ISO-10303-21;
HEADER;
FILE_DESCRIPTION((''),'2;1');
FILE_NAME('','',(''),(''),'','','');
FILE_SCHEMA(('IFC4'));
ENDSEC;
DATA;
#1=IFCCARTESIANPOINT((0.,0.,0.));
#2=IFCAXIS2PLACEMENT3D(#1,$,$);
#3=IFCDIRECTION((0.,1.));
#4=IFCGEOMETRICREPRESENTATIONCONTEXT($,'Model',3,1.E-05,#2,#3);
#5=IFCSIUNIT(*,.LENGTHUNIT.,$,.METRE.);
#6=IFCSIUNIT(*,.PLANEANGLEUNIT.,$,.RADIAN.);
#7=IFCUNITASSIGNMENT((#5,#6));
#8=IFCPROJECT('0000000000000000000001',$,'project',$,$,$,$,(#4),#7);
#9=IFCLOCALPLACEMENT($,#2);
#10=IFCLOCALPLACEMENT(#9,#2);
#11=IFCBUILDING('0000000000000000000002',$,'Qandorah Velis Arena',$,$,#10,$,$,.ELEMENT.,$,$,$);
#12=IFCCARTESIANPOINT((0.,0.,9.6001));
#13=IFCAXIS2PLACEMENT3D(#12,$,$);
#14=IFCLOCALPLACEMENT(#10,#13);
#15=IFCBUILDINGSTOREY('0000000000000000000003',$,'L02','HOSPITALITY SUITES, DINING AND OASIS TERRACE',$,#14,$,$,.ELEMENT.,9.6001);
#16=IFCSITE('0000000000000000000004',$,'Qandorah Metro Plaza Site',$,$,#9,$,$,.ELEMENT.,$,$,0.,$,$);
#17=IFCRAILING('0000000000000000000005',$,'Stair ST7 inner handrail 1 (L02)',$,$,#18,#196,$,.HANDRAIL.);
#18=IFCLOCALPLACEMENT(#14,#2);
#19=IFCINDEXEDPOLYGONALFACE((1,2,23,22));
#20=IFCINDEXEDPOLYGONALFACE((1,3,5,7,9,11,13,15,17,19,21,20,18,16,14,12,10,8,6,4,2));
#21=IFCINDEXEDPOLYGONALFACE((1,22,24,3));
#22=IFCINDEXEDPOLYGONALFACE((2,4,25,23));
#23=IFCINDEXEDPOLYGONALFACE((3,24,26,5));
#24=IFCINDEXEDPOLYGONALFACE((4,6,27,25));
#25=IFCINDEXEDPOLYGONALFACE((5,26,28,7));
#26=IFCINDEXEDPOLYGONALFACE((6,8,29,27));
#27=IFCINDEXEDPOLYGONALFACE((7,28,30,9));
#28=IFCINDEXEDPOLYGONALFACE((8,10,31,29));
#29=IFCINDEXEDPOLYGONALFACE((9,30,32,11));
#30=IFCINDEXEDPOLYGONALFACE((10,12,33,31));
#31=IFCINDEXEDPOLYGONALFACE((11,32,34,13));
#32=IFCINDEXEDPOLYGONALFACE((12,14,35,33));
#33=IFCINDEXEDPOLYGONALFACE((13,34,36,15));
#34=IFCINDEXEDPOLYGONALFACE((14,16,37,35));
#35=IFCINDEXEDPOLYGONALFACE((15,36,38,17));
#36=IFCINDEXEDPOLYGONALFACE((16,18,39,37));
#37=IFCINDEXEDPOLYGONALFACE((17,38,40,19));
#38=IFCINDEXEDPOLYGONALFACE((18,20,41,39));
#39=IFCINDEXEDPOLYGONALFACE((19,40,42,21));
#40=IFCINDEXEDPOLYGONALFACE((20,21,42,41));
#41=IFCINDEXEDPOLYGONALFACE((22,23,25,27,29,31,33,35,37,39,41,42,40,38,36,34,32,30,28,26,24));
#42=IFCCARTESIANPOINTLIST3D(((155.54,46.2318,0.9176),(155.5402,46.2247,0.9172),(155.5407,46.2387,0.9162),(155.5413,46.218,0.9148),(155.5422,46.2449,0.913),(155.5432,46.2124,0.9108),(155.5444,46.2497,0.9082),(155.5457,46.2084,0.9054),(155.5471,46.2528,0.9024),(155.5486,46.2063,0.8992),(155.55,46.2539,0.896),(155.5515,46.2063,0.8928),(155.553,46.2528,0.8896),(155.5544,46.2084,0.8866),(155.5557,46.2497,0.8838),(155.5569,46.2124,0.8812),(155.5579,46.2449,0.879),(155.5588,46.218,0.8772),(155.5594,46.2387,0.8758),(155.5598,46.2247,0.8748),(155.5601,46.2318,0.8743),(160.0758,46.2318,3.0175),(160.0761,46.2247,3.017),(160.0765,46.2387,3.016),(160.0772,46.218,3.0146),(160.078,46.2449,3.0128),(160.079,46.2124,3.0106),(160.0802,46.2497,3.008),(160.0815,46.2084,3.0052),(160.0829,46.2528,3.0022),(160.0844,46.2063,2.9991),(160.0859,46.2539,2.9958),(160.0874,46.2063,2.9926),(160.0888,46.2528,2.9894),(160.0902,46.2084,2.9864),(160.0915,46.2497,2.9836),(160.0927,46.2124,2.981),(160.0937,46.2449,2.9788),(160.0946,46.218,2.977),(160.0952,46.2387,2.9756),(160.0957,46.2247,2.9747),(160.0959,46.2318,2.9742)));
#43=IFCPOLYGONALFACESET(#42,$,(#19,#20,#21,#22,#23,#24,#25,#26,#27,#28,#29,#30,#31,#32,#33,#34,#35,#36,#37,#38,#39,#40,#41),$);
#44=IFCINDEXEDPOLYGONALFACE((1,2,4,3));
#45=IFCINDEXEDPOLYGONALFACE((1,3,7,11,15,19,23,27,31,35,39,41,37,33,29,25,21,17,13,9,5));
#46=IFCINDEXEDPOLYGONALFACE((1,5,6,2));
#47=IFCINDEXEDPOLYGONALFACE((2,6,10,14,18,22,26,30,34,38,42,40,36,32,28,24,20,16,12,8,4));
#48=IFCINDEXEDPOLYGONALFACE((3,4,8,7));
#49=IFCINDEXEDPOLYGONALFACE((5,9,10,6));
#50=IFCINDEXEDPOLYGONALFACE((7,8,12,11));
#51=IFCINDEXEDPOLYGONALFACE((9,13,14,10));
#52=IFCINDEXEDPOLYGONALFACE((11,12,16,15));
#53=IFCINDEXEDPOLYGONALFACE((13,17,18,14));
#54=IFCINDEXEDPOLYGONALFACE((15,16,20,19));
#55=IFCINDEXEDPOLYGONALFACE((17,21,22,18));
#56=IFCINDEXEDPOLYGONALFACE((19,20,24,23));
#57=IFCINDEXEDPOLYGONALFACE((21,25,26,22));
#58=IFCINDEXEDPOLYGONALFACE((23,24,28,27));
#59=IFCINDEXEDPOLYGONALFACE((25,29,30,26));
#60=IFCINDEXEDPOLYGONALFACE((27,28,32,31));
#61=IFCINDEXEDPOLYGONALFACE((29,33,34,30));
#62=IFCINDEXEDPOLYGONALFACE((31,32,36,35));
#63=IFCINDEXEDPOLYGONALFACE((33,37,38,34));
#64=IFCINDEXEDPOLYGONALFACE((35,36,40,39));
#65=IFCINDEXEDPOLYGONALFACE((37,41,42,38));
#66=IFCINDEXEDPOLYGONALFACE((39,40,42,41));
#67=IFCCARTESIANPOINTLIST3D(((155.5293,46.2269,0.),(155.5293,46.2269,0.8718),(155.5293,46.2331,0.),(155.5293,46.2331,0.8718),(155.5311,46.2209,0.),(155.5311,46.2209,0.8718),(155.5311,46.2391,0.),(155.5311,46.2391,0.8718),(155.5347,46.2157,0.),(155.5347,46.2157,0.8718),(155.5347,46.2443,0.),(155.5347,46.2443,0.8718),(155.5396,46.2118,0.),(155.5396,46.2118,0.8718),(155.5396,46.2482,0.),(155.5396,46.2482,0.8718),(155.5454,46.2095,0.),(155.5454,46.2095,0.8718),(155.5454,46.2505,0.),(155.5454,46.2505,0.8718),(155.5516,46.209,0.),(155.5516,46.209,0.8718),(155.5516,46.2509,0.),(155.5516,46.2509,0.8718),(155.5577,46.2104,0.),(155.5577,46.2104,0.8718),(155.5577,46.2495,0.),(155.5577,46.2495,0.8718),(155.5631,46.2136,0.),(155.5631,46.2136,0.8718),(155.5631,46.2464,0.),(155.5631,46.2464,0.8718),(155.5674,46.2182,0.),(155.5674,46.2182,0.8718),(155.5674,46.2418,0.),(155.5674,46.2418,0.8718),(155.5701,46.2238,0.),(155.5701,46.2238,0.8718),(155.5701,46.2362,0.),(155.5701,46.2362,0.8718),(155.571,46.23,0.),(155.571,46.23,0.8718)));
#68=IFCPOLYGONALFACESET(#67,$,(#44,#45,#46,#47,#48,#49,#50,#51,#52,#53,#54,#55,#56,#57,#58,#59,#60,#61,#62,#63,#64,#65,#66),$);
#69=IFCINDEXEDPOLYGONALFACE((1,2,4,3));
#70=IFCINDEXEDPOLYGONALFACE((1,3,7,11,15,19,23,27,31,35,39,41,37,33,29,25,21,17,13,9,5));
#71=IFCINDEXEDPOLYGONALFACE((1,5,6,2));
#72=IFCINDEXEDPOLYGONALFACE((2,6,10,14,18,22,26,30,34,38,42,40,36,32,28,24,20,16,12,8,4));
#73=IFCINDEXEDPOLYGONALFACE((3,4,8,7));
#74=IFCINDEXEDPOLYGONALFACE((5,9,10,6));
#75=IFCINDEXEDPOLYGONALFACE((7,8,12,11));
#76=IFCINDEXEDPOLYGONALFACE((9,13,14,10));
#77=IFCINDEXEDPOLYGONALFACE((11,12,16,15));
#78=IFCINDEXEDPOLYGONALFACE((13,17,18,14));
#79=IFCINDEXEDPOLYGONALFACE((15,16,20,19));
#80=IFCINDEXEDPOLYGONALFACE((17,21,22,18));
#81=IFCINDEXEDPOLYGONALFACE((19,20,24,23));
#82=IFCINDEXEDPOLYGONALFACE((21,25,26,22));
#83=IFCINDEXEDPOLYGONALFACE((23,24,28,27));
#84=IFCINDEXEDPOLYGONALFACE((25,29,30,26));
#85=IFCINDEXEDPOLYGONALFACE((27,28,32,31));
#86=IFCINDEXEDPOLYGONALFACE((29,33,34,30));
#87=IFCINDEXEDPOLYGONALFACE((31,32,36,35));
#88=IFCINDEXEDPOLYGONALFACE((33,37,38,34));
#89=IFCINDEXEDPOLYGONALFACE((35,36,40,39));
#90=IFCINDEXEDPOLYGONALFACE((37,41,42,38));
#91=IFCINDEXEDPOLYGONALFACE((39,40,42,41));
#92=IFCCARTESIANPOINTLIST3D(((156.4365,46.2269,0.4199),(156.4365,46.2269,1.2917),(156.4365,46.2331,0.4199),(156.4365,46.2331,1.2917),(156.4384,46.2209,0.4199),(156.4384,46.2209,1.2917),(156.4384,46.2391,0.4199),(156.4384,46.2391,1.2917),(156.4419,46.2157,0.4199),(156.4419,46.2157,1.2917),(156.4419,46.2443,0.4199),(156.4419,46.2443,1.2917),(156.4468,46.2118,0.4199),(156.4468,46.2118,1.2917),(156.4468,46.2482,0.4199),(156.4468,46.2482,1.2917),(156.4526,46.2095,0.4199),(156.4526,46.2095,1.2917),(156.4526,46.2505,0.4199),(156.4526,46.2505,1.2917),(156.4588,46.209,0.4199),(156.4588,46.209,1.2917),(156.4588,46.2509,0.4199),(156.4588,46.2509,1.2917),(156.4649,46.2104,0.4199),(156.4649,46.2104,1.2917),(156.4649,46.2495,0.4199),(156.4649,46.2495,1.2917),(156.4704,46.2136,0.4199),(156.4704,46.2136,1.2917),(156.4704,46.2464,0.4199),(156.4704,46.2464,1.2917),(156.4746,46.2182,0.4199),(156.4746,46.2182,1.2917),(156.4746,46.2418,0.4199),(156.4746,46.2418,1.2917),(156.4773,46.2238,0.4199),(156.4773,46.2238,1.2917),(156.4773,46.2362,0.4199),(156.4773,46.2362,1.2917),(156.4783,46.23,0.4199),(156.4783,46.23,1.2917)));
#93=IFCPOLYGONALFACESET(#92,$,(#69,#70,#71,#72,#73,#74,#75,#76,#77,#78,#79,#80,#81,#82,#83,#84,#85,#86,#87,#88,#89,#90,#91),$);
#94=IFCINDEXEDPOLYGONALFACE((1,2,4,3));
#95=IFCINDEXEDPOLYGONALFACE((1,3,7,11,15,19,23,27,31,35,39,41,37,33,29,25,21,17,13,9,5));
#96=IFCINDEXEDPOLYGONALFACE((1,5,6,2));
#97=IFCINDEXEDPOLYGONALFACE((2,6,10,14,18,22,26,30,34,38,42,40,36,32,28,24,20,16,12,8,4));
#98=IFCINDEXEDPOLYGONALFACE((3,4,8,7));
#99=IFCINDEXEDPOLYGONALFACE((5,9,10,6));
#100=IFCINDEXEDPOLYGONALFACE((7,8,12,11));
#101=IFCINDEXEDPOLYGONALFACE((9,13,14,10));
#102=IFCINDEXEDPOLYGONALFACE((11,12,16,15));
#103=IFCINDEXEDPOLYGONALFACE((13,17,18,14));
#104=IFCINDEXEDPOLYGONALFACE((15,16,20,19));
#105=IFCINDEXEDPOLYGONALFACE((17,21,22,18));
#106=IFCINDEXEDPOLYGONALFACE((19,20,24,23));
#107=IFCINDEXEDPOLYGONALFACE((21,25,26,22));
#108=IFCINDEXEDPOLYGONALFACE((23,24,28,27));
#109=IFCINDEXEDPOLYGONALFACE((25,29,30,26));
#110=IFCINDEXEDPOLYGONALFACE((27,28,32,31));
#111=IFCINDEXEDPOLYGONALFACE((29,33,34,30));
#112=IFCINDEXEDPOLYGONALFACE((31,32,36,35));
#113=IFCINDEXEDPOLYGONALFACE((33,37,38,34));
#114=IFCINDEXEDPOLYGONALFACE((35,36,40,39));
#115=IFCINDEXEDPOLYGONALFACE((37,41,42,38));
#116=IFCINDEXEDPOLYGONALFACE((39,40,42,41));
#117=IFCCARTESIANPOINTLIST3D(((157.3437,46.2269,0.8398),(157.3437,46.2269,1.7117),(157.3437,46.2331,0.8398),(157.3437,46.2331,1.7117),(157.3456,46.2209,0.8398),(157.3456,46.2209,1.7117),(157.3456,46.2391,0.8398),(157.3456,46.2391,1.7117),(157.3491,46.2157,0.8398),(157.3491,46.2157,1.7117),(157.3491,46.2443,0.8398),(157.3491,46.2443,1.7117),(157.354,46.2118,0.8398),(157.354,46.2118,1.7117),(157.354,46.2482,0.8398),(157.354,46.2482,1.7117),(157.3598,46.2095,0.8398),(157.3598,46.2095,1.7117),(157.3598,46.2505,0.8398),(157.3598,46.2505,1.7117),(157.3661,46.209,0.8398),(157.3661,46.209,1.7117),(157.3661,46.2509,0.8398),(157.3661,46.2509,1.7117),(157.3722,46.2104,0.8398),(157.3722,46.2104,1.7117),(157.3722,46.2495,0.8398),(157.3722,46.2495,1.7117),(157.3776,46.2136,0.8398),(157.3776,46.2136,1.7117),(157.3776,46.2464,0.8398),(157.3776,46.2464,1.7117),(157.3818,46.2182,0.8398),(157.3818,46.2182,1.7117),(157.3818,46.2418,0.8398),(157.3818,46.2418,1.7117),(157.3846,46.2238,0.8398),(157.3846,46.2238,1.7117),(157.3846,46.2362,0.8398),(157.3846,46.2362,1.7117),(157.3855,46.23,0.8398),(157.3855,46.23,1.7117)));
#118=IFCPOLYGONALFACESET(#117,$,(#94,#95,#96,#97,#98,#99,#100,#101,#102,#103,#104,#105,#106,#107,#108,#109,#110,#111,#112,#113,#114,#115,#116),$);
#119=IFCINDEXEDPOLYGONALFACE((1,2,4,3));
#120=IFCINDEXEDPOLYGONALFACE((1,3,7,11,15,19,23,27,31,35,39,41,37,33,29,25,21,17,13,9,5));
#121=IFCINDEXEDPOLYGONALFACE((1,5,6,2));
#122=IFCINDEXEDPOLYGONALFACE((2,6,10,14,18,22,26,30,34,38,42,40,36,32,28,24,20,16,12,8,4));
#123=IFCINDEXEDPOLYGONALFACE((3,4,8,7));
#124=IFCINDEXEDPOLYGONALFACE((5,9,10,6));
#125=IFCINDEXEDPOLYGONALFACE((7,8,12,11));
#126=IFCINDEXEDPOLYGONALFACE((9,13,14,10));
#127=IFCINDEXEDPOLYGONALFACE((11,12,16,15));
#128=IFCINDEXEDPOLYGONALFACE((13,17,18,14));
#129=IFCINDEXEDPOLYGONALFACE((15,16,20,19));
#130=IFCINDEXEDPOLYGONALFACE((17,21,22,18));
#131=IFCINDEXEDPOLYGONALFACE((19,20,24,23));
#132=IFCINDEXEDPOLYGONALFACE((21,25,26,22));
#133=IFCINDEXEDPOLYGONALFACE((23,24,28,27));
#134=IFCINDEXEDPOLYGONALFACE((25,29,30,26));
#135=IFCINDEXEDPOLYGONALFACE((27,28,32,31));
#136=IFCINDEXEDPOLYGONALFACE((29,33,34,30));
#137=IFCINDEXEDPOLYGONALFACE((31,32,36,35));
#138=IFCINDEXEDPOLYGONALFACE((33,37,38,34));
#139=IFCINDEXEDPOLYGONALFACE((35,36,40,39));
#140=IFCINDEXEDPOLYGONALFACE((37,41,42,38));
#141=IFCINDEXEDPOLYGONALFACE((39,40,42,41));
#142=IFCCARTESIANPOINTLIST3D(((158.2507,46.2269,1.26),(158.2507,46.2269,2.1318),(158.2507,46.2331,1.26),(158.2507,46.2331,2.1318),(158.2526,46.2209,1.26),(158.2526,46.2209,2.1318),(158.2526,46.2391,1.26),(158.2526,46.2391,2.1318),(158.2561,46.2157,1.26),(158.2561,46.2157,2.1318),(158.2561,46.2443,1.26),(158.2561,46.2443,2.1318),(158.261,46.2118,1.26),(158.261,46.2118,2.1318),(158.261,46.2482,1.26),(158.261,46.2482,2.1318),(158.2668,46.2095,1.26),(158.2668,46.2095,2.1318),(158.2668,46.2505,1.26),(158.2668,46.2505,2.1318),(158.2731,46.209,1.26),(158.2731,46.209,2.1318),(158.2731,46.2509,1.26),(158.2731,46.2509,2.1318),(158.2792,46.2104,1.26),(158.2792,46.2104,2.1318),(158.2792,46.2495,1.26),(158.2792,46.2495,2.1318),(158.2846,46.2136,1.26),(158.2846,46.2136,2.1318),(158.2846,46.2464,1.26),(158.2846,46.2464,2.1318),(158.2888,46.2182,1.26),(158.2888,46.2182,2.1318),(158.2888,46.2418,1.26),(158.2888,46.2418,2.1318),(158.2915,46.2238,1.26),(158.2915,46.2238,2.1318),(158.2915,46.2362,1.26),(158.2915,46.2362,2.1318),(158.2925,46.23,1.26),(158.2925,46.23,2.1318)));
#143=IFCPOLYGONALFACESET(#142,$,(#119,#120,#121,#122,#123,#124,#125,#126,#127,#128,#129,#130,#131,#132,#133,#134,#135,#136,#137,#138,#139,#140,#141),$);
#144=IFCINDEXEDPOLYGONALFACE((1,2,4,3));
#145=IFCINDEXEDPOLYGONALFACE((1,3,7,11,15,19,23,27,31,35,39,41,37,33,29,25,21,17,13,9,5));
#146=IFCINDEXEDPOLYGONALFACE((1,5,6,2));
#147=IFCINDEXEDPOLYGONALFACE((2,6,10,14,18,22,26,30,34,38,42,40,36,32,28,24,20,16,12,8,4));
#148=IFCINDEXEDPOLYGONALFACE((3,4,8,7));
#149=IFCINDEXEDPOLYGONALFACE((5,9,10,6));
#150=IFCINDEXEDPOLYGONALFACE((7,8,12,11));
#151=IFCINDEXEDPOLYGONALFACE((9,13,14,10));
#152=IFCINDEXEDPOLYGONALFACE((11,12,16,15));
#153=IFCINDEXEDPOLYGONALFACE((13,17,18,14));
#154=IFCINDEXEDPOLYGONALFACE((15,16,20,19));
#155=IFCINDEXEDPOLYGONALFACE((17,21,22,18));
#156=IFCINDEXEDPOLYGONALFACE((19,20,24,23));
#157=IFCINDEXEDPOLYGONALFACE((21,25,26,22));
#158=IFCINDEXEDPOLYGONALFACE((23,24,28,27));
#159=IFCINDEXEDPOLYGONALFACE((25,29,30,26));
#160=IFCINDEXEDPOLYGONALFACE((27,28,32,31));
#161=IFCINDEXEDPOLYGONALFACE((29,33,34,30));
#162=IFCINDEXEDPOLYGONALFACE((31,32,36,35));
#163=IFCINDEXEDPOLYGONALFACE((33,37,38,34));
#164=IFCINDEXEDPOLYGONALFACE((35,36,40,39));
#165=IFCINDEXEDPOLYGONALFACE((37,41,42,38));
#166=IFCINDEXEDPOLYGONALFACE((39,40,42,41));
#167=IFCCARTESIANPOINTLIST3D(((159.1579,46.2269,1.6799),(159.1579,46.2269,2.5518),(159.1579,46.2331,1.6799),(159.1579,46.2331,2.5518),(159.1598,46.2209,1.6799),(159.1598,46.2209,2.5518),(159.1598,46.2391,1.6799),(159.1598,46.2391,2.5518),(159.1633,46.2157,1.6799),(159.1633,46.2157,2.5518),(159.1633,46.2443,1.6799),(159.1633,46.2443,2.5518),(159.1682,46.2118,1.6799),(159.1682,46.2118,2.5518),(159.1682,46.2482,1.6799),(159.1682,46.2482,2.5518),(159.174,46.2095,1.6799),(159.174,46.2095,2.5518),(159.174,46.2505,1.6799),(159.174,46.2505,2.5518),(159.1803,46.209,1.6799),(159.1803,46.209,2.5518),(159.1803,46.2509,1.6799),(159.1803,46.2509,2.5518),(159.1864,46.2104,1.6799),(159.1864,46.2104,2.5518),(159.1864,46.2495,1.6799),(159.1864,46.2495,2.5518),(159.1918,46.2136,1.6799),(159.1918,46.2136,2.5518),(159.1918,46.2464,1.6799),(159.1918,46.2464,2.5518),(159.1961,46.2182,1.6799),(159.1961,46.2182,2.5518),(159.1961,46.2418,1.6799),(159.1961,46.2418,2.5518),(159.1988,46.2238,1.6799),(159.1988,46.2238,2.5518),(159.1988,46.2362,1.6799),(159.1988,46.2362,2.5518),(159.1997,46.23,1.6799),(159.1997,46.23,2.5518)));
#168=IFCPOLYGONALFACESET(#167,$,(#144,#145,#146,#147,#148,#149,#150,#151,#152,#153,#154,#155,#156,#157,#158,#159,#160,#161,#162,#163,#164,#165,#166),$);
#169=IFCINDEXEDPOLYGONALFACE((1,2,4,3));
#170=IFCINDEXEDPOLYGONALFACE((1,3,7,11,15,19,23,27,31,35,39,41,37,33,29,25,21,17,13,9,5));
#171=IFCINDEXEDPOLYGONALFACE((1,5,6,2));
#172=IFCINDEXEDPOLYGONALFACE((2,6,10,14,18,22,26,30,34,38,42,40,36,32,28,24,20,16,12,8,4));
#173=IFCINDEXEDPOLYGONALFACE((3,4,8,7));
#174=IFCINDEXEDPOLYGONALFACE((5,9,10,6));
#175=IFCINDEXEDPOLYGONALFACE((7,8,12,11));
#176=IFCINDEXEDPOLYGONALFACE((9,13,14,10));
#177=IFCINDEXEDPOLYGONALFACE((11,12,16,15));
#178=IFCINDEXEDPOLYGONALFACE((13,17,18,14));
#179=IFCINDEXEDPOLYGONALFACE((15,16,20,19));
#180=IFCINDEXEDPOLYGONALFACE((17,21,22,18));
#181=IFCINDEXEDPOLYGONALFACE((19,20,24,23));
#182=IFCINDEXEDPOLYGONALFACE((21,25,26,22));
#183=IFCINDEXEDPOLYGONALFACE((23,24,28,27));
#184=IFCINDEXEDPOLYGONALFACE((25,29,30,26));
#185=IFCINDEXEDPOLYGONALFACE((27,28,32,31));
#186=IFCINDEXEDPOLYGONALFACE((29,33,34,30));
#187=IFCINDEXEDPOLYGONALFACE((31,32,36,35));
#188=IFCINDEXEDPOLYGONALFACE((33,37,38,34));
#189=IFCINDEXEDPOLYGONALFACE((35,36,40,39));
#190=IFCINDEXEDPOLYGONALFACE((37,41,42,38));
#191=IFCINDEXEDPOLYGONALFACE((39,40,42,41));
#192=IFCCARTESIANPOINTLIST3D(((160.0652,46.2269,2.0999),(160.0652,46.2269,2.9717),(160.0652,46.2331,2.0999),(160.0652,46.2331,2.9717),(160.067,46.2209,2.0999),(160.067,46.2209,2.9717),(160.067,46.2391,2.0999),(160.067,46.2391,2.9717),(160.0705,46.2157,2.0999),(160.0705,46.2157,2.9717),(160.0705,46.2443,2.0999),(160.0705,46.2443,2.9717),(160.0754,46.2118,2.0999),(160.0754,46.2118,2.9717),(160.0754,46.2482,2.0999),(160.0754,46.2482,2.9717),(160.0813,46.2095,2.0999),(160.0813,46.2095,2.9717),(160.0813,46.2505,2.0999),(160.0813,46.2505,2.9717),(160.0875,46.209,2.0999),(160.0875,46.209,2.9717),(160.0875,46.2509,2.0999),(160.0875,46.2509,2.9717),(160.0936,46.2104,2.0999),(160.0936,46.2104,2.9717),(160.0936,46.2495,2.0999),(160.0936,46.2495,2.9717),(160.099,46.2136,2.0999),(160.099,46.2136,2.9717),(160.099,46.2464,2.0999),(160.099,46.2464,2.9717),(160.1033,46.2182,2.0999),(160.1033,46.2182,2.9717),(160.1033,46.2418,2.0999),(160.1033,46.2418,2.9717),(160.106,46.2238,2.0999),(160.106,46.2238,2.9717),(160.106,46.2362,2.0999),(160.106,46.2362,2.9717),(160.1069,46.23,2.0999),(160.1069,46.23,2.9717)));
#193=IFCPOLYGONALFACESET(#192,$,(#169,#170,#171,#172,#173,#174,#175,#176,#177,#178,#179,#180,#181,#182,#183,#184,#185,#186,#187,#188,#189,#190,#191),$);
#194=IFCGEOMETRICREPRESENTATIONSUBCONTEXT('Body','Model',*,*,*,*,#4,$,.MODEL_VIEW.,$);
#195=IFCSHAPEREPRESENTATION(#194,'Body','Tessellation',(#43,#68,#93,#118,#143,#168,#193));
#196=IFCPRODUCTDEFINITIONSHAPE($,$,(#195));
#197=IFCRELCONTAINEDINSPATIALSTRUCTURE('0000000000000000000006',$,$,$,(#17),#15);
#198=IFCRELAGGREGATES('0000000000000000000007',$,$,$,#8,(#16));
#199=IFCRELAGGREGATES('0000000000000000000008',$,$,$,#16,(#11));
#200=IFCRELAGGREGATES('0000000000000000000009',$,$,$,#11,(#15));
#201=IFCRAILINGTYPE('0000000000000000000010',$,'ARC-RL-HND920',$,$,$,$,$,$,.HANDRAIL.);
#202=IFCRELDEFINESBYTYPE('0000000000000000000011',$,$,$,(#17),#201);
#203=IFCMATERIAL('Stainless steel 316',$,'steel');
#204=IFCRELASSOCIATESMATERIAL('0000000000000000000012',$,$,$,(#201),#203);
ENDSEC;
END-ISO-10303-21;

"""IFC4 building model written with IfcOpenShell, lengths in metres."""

from ifc_helpers import new_model, si_unit, direction, frame, origin, origin_2d, place, context, subcontext, project, spatial, circle, extrude, material, type_object, element, save


model = new_model("IFC4")

# Units and contexts
model_context = context("Model", 3, precision=1e-05, world=origin(), true_north=direction((0.0, 1.0)))
body_context = subcontext(model_context, "Body", "Model", "MODEL_VIEW")
ifc_project = project(units=[si_unit("LENGTHUNIT", "METRE"), si_unit("PLANEANGLEUNIT", "RADIAN")], contexts=[model_context])

# Site, building, storey
site_placement = place(None, origin())
site = spatial("IfcSite", under=ifc_project, at=site_placement, Name="Qandorah Metro Plaza Site", CompositionType="ELEMENT", RefElevation=0.0)
building_placement = place(site_placement, origin())
building = spatial("IfcBuilding", under=site, at=building_placement, Name="Qandorah Velis Arena", CompositionType="ELEMENT")
storey_placement = place(building_placement, frame((0.0, 0.0, 9.6001)))
storey = spatial("IfcBuildingStorey", under=building, at=storey_placement, Name="L02", Description="HOSPITALITY SUITES, DINING AND OASIS TERRACE", CompositionType="ELEMENT", Elevation=9.6001)

# Railing
ifc_material_1 = material(Name="Stainless steel 316", Category="steel")
railing_type_1 = type_object("IfcRailingType", Name="ARC-RL-HND920", PredefinedType="HANDRAIL", material=ifc_material_1)
railing_1_placement = place(storey_placement, frame((155.55, 46.23, 0.0)))
element("IfcRailing", 1, at=railing_1_placement, inside=storey, type_object=railing_type_1, Name="Stair ST7 inner handrail 1 (L02)", PredefinedType="HANDRAIL", context=body_context, shape_type="SweptSolid", body=[
    extrude(circle(Radius=0.0239, at=origin_2d()), frame((0.0, 0.0, 0.896), z_axis=(0.907474, 0.0, 0.420108), x_axis=(0.0, 1.0, 0.0)), (0.0, 0.0, 1.0), 4.9983),
    extrude(circle(Radius=0.021, at=origin_2d()), origin(), (0.0, 0.0, 1.0), 0.8718),
    extrude(circle(Radius=0.021, at=origin_2d()), frame((0.9072, 0.0, 0.4199)), (0.0, 0.0, 1.0), 0.8718),
    extrude(circle(Radius=0.021, at=origin_2d()), frame((1.8145, 0.0, 0.8398)), (0.0, 0.0, 1.0), 0.8718),
    extrude(circle(Radius=0.021, at=origin_2d()), frame((2.7214, 0.0, 1.26)), (0.0, 0.0, 1.0), 0.8718),
    extrude(circle(Radius=0.021, at=origin_2d()), frame((3.6287, 0.0, 1.6799)), (0.0, 0.0, 1.0), 0.8718),
    extrude(circle(Radius=0.021, at=origin_2d()), frame((4.5359, 0.0, 2.0999)), (0.0, 0.0, 1.0), 0.8718),
])

save(model, "model.ifc")
